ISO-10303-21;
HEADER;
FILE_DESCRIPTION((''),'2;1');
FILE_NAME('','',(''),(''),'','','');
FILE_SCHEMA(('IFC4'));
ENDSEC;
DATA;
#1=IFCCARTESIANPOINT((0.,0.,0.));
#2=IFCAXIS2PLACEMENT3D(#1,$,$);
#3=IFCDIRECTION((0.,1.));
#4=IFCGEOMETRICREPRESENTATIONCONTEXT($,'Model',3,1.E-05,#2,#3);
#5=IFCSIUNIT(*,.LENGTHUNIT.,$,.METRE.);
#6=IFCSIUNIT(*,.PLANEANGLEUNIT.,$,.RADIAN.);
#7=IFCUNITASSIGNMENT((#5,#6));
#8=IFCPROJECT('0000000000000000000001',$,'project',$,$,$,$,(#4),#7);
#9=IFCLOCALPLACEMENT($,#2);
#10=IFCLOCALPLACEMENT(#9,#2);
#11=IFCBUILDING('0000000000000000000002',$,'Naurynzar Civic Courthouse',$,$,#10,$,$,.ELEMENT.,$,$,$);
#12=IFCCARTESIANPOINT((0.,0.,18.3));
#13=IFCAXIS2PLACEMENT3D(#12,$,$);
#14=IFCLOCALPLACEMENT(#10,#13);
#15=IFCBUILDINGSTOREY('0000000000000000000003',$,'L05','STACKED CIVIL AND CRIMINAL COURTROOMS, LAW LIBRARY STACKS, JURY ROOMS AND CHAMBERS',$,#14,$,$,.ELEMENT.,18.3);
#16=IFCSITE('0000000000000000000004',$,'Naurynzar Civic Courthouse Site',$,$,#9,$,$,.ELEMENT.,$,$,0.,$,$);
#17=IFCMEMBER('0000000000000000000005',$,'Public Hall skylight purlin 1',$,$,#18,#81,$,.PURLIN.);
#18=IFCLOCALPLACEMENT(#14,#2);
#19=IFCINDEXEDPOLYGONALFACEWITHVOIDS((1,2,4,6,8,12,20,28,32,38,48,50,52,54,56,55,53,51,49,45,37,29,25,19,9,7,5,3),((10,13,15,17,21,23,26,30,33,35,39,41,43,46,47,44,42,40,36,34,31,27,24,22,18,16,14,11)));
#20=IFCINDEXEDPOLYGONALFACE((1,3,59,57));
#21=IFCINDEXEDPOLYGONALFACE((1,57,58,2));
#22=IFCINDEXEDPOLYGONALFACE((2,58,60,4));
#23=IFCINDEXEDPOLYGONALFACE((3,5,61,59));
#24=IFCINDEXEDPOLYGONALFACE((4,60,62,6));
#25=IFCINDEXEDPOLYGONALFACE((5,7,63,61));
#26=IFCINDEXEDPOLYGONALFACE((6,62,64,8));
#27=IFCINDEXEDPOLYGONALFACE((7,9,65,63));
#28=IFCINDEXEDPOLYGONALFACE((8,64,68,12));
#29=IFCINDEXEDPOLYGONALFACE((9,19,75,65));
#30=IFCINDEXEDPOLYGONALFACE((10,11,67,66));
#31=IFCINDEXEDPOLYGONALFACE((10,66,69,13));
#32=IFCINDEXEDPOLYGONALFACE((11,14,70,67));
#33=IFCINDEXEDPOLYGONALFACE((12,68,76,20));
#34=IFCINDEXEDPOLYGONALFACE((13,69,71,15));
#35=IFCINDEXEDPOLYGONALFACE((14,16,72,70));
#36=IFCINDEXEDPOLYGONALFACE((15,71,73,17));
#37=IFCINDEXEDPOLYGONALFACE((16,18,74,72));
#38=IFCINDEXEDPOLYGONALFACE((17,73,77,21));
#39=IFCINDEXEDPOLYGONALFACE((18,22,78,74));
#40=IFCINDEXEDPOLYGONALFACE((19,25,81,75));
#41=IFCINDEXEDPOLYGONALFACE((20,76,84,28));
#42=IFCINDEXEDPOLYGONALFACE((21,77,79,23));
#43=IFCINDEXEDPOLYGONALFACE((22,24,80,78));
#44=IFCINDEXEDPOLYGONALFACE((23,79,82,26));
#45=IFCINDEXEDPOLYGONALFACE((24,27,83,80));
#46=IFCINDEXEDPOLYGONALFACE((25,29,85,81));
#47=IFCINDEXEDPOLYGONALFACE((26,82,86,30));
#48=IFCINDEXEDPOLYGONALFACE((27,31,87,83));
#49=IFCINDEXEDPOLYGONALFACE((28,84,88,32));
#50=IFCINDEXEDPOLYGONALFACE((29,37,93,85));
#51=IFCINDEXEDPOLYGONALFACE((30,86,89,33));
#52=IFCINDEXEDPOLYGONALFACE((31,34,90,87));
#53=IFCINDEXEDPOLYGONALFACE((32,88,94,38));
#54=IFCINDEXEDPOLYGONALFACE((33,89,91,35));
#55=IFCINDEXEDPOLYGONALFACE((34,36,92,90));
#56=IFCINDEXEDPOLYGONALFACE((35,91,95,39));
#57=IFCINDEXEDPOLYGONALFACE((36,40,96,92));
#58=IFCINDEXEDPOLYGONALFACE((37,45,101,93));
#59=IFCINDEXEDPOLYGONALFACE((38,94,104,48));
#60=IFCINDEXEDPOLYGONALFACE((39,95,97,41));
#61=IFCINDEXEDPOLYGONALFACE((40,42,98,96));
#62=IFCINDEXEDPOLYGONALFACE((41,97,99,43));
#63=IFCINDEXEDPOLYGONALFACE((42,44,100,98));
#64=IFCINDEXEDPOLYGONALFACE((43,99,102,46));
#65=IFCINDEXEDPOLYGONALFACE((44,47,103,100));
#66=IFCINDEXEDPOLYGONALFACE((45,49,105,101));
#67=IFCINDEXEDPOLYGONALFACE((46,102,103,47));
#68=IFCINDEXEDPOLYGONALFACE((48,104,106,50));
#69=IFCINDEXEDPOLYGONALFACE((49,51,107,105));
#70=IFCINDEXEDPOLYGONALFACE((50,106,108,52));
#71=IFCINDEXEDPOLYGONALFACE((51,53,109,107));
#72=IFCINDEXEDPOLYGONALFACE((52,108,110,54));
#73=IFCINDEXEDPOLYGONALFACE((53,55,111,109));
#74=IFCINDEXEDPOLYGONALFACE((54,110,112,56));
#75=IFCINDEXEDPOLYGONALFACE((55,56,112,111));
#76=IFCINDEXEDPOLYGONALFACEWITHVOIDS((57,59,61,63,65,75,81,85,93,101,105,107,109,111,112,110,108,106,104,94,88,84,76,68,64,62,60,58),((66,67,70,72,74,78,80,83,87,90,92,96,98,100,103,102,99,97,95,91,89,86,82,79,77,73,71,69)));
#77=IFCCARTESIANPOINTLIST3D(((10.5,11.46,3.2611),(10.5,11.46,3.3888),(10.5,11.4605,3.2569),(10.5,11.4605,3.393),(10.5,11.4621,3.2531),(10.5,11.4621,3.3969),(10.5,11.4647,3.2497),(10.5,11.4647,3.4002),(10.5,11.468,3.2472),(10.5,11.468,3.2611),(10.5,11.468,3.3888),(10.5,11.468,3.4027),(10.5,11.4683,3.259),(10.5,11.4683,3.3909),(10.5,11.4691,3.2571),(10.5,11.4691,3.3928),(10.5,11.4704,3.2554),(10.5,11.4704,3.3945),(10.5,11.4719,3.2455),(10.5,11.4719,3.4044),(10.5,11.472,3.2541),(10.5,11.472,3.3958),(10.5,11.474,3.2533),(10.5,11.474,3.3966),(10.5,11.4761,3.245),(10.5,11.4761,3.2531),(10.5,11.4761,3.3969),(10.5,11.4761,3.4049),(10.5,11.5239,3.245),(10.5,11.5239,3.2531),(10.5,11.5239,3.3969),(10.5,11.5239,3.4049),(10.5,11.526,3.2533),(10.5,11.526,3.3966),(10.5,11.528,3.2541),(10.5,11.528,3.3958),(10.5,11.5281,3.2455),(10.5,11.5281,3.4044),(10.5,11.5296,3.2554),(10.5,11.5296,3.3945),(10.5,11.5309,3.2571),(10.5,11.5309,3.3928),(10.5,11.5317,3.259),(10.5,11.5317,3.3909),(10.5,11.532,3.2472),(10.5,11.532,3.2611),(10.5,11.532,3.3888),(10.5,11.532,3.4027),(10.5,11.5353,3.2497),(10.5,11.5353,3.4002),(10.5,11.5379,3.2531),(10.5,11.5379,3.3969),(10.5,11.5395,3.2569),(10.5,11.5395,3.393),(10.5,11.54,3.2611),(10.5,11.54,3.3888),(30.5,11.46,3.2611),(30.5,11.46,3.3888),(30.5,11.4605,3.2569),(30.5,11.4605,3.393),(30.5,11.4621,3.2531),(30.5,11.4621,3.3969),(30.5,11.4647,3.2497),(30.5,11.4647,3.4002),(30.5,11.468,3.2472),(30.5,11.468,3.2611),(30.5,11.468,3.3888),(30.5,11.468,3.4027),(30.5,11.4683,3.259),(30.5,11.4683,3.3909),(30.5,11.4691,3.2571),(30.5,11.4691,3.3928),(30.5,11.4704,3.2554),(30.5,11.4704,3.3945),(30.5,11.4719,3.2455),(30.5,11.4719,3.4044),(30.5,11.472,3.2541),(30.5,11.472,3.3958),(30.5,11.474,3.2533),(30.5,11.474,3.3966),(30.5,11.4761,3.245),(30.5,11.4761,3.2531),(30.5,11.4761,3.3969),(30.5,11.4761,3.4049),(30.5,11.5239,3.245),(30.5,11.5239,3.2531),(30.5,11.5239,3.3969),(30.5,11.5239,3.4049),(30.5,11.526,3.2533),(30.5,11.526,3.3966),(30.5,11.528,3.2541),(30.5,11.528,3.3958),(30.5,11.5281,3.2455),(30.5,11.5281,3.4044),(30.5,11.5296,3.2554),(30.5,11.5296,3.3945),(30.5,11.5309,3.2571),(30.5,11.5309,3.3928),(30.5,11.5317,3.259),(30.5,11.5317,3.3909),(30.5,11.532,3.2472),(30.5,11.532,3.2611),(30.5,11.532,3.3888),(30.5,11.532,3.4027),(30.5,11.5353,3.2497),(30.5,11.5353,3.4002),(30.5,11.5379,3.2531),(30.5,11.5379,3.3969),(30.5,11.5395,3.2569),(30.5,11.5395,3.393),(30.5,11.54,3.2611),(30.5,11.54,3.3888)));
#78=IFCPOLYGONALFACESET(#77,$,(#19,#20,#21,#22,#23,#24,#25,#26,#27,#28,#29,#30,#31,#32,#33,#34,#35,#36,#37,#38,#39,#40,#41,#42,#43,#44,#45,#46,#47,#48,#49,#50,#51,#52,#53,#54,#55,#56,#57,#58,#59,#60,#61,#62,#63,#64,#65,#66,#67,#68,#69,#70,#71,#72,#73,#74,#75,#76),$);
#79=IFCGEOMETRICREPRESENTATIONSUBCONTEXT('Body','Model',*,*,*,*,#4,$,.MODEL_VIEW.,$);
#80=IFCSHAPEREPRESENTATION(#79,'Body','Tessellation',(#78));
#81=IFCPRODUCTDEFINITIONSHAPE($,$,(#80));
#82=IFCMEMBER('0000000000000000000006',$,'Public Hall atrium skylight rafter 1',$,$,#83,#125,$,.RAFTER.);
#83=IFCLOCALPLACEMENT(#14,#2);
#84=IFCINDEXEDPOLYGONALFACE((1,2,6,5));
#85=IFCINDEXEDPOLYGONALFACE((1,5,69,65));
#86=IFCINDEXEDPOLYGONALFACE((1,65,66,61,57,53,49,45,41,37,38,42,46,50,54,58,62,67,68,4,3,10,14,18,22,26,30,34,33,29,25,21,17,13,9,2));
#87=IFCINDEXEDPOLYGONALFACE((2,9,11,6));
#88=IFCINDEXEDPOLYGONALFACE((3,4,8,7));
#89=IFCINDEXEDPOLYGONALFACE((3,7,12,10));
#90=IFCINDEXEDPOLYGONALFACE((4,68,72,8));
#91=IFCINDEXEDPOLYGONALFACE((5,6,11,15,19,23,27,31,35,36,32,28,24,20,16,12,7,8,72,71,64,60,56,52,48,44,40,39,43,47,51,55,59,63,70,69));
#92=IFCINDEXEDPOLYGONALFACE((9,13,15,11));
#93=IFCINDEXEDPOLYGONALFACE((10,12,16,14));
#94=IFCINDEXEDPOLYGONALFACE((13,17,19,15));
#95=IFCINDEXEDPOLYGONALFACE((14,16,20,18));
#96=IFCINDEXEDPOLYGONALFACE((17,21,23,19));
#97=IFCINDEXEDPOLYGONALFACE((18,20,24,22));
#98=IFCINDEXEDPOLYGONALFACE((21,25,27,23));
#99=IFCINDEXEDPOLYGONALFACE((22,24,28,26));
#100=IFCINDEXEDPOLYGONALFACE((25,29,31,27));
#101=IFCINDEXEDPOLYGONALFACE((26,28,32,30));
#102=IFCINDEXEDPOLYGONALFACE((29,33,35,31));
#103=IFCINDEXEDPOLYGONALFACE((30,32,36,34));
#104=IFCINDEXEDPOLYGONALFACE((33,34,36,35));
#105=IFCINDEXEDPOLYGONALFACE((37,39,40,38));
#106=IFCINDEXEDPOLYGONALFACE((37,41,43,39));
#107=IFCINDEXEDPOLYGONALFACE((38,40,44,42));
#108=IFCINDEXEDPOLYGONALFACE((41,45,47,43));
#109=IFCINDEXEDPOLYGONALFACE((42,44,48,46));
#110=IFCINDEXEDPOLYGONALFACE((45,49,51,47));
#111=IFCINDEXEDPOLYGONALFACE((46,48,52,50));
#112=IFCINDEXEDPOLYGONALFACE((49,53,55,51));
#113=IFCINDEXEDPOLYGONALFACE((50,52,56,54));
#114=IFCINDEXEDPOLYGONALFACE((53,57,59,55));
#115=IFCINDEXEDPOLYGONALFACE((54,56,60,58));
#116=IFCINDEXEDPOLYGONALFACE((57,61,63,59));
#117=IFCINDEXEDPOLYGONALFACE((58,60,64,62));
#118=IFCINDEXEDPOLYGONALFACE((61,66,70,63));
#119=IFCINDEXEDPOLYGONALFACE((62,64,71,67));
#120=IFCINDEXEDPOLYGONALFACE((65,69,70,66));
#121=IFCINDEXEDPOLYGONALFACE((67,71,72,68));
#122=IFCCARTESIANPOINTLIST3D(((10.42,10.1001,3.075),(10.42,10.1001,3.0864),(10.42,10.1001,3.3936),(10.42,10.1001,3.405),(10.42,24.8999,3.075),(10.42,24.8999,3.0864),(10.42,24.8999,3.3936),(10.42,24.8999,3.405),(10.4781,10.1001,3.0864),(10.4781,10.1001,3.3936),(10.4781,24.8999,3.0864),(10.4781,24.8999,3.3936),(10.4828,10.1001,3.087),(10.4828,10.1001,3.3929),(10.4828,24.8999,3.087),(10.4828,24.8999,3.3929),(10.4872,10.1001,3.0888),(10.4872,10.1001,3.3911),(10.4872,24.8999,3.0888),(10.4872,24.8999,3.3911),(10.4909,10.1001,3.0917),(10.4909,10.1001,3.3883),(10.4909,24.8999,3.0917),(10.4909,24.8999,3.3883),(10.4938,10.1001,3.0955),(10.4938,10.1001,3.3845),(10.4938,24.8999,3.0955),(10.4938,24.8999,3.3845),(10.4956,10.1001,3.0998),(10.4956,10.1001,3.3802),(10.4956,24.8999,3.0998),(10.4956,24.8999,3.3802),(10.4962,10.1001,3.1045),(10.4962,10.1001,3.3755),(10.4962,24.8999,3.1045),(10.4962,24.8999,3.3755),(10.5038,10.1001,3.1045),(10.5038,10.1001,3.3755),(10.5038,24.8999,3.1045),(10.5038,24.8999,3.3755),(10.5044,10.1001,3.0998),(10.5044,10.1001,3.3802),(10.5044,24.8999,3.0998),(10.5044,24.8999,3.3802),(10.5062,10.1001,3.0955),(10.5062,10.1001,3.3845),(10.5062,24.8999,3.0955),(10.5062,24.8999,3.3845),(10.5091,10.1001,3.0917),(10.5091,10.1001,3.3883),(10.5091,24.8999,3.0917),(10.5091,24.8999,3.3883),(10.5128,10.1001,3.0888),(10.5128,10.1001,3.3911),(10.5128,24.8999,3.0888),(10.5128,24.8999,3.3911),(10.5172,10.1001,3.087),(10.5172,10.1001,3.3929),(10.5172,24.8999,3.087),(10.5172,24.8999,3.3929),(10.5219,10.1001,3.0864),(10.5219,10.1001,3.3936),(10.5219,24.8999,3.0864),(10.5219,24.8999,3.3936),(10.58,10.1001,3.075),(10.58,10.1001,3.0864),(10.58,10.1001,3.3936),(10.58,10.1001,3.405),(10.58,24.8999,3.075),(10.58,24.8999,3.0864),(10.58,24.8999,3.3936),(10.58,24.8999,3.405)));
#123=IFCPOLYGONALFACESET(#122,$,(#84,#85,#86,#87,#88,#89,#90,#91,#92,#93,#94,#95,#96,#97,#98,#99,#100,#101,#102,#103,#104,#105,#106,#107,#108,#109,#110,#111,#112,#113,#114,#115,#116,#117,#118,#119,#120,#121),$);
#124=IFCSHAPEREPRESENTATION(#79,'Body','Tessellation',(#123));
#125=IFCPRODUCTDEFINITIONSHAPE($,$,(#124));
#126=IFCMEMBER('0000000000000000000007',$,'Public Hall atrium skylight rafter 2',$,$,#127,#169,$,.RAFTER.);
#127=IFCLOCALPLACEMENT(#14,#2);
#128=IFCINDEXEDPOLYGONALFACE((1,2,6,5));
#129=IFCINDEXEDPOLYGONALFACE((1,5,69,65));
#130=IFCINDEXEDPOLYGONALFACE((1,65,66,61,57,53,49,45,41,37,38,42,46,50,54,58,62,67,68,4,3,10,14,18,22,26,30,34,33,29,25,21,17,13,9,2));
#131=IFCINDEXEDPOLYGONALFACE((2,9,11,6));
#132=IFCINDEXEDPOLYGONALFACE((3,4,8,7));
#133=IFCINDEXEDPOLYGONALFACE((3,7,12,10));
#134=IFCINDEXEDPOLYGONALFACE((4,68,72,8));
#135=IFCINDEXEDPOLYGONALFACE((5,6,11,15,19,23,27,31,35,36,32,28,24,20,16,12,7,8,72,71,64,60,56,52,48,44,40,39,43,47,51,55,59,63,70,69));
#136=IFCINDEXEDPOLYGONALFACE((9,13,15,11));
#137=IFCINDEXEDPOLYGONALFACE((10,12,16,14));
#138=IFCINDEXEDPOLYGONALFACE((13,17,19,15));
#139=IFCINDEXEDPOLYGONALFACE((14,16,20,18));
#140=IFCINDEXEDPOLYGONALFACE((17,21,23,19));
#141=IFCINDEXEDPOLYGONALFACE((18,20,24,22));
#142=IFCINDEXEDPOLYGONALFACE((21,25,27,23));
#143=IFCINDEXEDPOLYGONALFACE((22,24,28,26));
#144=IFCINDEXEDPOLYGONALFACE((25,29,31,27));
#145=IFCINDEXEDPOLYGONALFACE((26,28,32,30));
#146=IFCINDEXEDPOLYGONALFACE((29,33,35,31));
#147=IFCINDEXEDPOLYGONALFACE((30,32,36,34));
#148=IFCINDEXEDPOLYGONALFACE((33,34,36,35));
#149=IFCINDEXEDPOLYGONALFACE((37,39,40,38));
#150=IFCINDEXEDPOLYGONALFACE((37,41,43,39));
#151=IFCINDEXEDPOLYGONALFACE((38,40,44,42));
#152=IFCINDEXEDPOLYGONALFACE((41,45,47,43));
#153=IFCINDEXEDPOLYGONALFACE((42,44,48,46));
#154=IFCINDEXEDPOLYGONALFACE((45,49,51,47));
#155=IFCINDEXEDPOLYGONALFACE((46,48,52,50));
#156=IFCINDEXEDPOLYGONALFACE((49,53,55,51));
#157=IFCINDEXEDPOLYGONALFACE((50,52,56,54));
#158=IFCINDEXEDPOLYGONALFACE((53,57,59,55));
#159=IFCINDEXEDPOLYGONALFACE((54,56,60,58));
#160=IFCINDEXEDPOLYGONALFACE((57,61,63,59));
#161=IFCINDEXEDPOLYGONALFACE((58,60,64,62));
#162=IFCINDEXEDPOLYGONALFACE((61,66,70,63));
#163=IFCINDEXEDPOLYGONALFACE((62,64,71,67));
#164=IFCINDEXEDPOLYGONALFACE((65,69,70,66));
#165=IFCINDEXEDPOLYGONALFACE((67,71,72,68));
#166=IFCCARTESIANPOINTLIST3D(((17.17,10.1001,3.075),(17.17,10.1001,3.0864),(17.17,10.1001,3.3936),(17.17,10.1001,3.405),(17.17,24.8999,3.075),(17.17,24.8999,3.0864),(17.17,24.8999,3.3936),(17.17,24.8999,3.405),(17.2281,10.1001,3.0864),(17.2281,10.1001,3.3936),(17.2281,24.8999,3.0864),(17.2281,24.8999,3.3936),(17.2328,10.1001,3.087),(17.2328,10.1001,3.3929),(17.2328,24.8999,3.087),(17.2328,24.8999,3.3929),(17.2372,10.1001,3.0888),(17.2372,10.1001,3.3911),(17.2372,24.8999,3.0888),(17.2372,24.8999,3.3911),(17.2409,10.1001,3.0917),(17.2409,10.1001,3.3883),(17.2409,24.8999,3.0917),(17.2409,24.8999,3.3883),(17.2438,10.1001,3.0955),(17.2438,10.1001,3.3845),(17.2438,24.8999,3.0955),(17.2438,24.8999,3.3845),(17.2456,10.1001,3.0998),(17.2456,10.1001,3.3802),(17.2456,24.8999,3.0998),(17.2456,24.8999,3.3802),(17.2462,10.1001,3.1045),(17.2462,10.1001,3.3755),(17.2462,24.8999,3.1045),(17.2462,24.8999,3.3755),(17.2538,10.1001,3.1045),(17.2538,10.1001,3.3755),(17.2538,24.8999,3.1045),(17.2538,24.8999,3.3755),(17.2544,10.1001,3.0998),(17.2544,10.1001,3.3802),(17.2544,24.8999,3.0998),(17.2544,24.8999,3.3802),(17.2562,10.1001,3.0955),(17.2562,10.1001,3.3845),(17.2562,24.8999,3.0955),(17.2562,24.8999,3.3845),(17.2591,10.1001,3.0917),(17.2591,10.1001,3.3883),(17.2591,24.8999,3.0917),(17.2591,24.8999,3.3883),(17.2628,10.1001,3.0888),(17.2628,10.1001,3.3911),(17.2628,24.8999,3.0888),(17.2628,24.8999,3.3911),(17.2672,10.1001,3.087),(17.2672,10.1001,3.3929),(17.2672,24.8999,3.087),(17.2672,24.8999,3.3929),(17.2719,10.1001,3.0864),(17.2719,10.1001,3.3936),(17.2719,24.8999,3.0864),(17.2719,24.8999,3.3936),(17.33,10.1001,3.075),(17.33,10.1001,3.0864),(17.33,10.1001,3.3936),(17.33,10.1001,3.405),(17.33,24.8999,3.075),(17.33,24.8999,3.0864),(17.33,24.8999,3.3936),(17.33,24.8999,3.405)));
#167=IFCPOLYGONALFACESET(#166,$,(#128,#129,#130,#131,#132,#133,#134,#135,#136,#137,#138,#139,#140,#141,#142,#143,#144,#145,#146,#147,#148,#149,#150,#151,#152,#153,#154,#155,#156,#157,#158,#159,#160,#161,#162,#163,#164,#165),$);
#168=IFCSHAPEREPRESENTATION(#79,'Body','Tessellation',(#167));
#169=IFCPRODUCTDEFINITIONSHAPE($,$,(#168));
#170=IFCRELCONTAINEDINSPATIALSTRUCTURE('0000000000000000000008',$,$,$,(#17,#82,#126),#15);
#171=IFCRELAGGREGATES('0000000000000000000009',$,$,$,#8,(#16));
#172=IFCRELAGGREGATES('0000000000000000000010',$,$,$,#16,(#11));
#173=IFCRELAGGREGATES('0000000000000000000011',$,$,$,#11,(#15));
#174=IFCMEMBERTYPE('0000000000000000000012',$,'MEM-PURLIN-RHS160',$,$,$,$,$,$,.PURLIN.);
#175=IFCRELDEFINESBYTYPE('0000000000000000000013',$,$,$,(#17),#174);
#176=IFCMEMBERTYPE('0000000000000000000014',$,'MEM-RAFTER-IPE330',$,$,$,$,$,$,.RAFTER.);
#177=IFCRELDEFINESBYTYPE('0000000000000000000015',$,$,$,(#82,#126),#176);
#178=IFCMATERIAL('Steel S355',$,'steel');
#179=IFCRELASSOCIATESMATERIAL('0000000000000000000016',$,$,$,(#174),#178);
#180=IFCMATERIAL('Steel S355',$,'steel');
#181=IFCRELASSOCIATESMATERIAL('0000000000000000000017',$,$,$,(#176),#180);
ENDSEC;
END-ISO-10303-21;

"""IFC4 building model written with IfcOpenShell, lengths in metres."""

from ifc_helpers import new_model, si_unit, direction, frame, origin, origin_2d, place, context, subcontext, project, spatial, hollow_rectangle, i_section, extrude, material, material_profile, profile_set, type_object, element, save


model = new_model("IFC4")

# Units and contexts
model_context = context("Model", 3, precision=1e-05, world=origin(), true_north=direction((0.0, 1.0)))
body_context = subcontext(model_context, "Body", "Model", "MODEL_VIEW")
ifc_project = project(units=[si_unit("LENGTHUNIT", "METRE"), si_unit("PLANEANGLEUNIT", "RADIAN")], contexts=[model_context])

# Site, building, storey
site_placement = place(None, origin())
site = spatial("IfcSite", under=ifc_project, at=site_placement, Name="Naurynzar Civic Courthouse Site", CompositionType="ELEMENT", RefElevation=0.0)
building_placement = place(site_placement, origin())
building = spatial("IfcBuilding", under=site, at=building_placement, Name="Naurynzar Civic Courthouse", CompositionType="ELEMENT")
storey_placement = place(building_placement, frame((0.0, 0.0, 18.3)))
storey = spatial("IfcBuildingStorey", under=building, at=storey_placement, Name="L05", Description="STACKED CIVIL AND CRIMINAL COURTROOMS, LAW LIBRARY STACKS, JURY ROOMS AND CHAMBERS", CompositionType="ELEMENT", Elevation=18.3)

# Members
ifc_material_1 = material(Name="Steel S355", Category="steel")
ifc_material_profile_1 = material_profile(ifc_material_1, hollow_rectangle(XDim=0.0801, YDim=0.1599, WallThickness=0.0081, InnerFilletRadius=0.0081, OuterFilletRadius=0.0161, at=origin_2d()), Name="RHS 160x80x8")
ifc_profile_set_1 = profile_set([ifc_material_profile_1], Name="Steel S355")
member_type_1 = type_object("IfcMemberType", Name="MEM-PURLIN-RHS160", PredefinedType="PURLIN", material=ifc_profile_set_1)
member_1_placement = place(storey_placement, frame((10.5, 11.5, 3.325), z_axis=(1.0, 0.0, 0.0), x_axis=(0.0, 1.0, 0.0)))
element("IfcMember", 1, at=member_1_placement, inside=storey, type_object=member_type_1, Name="Public Hall skylight purlin 1", PredefinedType="PURLIN", context=body_context, shape_type="SweptSolid", body=[
    extrude(hollow_rectangle(XDim=0.0801, YDim=0.1599, WallThickness=0.0081, InnerFilletRadius=0.0081, OuterFilletRadius=0.0161, at=origin_2d()), origin(), (0.0, 0.0, 1.0), 20.0),
])
ifc_material_2 = material(Name="Steel S355", Category="steel")
ifc_material_profile_2 = material_profile(ifc_material_2, i_section(OverallWidth=0.1599, OverallDepth=0.3301, WebThickness=0.0076, FlangeThickness=0.0115, FilletRadius=0.0181, at=origin_2d()), Name="IPE 330")
ifc_profile_set_2 = profile_set([ifc_material_profile_2], Name="Steel S355")
member_type_2 = type_object("IfcMemberType", Name="MEM-RAFTER-IPE330", PredefinedType="RAFTER", material=ifc_profile_set_2)
for number, where, z_axis, x_axis, name in (
    (2, (10.5, 10.1001, 3.24), (0.0, 1.0, 0.0), (-1.0, 0.0, 0.0), "Public Hall atrium skylight rafter 1"),
    (3, (17.25, 10.1001, 3.24), (0.0, 1.0, 0.0), (-1.0, 0.0, 0.0), "Public Hall atrium skylight rafter 2"),
):
    element("IfcMember", number, at=place(storey_placement, frame(where, z_axis=z_axis, x_axis=x_axis)), inside=storey, type_object=member_type_2, Name=name, PredefinedType="RAFTER", context=body_context, shape_type="SweptSolid", body=[
        extrude(i_section(OverallWidth=0.1599, OverallDepth=0.3301, WebThickness=0.0076, FlangeThickness=0.0115, FilletRadius=0.0181, at=origin_2d()), origin(), (0.0, 0.0, 1.0), 14.7998),
    ])

save(model, "model.ifc")
